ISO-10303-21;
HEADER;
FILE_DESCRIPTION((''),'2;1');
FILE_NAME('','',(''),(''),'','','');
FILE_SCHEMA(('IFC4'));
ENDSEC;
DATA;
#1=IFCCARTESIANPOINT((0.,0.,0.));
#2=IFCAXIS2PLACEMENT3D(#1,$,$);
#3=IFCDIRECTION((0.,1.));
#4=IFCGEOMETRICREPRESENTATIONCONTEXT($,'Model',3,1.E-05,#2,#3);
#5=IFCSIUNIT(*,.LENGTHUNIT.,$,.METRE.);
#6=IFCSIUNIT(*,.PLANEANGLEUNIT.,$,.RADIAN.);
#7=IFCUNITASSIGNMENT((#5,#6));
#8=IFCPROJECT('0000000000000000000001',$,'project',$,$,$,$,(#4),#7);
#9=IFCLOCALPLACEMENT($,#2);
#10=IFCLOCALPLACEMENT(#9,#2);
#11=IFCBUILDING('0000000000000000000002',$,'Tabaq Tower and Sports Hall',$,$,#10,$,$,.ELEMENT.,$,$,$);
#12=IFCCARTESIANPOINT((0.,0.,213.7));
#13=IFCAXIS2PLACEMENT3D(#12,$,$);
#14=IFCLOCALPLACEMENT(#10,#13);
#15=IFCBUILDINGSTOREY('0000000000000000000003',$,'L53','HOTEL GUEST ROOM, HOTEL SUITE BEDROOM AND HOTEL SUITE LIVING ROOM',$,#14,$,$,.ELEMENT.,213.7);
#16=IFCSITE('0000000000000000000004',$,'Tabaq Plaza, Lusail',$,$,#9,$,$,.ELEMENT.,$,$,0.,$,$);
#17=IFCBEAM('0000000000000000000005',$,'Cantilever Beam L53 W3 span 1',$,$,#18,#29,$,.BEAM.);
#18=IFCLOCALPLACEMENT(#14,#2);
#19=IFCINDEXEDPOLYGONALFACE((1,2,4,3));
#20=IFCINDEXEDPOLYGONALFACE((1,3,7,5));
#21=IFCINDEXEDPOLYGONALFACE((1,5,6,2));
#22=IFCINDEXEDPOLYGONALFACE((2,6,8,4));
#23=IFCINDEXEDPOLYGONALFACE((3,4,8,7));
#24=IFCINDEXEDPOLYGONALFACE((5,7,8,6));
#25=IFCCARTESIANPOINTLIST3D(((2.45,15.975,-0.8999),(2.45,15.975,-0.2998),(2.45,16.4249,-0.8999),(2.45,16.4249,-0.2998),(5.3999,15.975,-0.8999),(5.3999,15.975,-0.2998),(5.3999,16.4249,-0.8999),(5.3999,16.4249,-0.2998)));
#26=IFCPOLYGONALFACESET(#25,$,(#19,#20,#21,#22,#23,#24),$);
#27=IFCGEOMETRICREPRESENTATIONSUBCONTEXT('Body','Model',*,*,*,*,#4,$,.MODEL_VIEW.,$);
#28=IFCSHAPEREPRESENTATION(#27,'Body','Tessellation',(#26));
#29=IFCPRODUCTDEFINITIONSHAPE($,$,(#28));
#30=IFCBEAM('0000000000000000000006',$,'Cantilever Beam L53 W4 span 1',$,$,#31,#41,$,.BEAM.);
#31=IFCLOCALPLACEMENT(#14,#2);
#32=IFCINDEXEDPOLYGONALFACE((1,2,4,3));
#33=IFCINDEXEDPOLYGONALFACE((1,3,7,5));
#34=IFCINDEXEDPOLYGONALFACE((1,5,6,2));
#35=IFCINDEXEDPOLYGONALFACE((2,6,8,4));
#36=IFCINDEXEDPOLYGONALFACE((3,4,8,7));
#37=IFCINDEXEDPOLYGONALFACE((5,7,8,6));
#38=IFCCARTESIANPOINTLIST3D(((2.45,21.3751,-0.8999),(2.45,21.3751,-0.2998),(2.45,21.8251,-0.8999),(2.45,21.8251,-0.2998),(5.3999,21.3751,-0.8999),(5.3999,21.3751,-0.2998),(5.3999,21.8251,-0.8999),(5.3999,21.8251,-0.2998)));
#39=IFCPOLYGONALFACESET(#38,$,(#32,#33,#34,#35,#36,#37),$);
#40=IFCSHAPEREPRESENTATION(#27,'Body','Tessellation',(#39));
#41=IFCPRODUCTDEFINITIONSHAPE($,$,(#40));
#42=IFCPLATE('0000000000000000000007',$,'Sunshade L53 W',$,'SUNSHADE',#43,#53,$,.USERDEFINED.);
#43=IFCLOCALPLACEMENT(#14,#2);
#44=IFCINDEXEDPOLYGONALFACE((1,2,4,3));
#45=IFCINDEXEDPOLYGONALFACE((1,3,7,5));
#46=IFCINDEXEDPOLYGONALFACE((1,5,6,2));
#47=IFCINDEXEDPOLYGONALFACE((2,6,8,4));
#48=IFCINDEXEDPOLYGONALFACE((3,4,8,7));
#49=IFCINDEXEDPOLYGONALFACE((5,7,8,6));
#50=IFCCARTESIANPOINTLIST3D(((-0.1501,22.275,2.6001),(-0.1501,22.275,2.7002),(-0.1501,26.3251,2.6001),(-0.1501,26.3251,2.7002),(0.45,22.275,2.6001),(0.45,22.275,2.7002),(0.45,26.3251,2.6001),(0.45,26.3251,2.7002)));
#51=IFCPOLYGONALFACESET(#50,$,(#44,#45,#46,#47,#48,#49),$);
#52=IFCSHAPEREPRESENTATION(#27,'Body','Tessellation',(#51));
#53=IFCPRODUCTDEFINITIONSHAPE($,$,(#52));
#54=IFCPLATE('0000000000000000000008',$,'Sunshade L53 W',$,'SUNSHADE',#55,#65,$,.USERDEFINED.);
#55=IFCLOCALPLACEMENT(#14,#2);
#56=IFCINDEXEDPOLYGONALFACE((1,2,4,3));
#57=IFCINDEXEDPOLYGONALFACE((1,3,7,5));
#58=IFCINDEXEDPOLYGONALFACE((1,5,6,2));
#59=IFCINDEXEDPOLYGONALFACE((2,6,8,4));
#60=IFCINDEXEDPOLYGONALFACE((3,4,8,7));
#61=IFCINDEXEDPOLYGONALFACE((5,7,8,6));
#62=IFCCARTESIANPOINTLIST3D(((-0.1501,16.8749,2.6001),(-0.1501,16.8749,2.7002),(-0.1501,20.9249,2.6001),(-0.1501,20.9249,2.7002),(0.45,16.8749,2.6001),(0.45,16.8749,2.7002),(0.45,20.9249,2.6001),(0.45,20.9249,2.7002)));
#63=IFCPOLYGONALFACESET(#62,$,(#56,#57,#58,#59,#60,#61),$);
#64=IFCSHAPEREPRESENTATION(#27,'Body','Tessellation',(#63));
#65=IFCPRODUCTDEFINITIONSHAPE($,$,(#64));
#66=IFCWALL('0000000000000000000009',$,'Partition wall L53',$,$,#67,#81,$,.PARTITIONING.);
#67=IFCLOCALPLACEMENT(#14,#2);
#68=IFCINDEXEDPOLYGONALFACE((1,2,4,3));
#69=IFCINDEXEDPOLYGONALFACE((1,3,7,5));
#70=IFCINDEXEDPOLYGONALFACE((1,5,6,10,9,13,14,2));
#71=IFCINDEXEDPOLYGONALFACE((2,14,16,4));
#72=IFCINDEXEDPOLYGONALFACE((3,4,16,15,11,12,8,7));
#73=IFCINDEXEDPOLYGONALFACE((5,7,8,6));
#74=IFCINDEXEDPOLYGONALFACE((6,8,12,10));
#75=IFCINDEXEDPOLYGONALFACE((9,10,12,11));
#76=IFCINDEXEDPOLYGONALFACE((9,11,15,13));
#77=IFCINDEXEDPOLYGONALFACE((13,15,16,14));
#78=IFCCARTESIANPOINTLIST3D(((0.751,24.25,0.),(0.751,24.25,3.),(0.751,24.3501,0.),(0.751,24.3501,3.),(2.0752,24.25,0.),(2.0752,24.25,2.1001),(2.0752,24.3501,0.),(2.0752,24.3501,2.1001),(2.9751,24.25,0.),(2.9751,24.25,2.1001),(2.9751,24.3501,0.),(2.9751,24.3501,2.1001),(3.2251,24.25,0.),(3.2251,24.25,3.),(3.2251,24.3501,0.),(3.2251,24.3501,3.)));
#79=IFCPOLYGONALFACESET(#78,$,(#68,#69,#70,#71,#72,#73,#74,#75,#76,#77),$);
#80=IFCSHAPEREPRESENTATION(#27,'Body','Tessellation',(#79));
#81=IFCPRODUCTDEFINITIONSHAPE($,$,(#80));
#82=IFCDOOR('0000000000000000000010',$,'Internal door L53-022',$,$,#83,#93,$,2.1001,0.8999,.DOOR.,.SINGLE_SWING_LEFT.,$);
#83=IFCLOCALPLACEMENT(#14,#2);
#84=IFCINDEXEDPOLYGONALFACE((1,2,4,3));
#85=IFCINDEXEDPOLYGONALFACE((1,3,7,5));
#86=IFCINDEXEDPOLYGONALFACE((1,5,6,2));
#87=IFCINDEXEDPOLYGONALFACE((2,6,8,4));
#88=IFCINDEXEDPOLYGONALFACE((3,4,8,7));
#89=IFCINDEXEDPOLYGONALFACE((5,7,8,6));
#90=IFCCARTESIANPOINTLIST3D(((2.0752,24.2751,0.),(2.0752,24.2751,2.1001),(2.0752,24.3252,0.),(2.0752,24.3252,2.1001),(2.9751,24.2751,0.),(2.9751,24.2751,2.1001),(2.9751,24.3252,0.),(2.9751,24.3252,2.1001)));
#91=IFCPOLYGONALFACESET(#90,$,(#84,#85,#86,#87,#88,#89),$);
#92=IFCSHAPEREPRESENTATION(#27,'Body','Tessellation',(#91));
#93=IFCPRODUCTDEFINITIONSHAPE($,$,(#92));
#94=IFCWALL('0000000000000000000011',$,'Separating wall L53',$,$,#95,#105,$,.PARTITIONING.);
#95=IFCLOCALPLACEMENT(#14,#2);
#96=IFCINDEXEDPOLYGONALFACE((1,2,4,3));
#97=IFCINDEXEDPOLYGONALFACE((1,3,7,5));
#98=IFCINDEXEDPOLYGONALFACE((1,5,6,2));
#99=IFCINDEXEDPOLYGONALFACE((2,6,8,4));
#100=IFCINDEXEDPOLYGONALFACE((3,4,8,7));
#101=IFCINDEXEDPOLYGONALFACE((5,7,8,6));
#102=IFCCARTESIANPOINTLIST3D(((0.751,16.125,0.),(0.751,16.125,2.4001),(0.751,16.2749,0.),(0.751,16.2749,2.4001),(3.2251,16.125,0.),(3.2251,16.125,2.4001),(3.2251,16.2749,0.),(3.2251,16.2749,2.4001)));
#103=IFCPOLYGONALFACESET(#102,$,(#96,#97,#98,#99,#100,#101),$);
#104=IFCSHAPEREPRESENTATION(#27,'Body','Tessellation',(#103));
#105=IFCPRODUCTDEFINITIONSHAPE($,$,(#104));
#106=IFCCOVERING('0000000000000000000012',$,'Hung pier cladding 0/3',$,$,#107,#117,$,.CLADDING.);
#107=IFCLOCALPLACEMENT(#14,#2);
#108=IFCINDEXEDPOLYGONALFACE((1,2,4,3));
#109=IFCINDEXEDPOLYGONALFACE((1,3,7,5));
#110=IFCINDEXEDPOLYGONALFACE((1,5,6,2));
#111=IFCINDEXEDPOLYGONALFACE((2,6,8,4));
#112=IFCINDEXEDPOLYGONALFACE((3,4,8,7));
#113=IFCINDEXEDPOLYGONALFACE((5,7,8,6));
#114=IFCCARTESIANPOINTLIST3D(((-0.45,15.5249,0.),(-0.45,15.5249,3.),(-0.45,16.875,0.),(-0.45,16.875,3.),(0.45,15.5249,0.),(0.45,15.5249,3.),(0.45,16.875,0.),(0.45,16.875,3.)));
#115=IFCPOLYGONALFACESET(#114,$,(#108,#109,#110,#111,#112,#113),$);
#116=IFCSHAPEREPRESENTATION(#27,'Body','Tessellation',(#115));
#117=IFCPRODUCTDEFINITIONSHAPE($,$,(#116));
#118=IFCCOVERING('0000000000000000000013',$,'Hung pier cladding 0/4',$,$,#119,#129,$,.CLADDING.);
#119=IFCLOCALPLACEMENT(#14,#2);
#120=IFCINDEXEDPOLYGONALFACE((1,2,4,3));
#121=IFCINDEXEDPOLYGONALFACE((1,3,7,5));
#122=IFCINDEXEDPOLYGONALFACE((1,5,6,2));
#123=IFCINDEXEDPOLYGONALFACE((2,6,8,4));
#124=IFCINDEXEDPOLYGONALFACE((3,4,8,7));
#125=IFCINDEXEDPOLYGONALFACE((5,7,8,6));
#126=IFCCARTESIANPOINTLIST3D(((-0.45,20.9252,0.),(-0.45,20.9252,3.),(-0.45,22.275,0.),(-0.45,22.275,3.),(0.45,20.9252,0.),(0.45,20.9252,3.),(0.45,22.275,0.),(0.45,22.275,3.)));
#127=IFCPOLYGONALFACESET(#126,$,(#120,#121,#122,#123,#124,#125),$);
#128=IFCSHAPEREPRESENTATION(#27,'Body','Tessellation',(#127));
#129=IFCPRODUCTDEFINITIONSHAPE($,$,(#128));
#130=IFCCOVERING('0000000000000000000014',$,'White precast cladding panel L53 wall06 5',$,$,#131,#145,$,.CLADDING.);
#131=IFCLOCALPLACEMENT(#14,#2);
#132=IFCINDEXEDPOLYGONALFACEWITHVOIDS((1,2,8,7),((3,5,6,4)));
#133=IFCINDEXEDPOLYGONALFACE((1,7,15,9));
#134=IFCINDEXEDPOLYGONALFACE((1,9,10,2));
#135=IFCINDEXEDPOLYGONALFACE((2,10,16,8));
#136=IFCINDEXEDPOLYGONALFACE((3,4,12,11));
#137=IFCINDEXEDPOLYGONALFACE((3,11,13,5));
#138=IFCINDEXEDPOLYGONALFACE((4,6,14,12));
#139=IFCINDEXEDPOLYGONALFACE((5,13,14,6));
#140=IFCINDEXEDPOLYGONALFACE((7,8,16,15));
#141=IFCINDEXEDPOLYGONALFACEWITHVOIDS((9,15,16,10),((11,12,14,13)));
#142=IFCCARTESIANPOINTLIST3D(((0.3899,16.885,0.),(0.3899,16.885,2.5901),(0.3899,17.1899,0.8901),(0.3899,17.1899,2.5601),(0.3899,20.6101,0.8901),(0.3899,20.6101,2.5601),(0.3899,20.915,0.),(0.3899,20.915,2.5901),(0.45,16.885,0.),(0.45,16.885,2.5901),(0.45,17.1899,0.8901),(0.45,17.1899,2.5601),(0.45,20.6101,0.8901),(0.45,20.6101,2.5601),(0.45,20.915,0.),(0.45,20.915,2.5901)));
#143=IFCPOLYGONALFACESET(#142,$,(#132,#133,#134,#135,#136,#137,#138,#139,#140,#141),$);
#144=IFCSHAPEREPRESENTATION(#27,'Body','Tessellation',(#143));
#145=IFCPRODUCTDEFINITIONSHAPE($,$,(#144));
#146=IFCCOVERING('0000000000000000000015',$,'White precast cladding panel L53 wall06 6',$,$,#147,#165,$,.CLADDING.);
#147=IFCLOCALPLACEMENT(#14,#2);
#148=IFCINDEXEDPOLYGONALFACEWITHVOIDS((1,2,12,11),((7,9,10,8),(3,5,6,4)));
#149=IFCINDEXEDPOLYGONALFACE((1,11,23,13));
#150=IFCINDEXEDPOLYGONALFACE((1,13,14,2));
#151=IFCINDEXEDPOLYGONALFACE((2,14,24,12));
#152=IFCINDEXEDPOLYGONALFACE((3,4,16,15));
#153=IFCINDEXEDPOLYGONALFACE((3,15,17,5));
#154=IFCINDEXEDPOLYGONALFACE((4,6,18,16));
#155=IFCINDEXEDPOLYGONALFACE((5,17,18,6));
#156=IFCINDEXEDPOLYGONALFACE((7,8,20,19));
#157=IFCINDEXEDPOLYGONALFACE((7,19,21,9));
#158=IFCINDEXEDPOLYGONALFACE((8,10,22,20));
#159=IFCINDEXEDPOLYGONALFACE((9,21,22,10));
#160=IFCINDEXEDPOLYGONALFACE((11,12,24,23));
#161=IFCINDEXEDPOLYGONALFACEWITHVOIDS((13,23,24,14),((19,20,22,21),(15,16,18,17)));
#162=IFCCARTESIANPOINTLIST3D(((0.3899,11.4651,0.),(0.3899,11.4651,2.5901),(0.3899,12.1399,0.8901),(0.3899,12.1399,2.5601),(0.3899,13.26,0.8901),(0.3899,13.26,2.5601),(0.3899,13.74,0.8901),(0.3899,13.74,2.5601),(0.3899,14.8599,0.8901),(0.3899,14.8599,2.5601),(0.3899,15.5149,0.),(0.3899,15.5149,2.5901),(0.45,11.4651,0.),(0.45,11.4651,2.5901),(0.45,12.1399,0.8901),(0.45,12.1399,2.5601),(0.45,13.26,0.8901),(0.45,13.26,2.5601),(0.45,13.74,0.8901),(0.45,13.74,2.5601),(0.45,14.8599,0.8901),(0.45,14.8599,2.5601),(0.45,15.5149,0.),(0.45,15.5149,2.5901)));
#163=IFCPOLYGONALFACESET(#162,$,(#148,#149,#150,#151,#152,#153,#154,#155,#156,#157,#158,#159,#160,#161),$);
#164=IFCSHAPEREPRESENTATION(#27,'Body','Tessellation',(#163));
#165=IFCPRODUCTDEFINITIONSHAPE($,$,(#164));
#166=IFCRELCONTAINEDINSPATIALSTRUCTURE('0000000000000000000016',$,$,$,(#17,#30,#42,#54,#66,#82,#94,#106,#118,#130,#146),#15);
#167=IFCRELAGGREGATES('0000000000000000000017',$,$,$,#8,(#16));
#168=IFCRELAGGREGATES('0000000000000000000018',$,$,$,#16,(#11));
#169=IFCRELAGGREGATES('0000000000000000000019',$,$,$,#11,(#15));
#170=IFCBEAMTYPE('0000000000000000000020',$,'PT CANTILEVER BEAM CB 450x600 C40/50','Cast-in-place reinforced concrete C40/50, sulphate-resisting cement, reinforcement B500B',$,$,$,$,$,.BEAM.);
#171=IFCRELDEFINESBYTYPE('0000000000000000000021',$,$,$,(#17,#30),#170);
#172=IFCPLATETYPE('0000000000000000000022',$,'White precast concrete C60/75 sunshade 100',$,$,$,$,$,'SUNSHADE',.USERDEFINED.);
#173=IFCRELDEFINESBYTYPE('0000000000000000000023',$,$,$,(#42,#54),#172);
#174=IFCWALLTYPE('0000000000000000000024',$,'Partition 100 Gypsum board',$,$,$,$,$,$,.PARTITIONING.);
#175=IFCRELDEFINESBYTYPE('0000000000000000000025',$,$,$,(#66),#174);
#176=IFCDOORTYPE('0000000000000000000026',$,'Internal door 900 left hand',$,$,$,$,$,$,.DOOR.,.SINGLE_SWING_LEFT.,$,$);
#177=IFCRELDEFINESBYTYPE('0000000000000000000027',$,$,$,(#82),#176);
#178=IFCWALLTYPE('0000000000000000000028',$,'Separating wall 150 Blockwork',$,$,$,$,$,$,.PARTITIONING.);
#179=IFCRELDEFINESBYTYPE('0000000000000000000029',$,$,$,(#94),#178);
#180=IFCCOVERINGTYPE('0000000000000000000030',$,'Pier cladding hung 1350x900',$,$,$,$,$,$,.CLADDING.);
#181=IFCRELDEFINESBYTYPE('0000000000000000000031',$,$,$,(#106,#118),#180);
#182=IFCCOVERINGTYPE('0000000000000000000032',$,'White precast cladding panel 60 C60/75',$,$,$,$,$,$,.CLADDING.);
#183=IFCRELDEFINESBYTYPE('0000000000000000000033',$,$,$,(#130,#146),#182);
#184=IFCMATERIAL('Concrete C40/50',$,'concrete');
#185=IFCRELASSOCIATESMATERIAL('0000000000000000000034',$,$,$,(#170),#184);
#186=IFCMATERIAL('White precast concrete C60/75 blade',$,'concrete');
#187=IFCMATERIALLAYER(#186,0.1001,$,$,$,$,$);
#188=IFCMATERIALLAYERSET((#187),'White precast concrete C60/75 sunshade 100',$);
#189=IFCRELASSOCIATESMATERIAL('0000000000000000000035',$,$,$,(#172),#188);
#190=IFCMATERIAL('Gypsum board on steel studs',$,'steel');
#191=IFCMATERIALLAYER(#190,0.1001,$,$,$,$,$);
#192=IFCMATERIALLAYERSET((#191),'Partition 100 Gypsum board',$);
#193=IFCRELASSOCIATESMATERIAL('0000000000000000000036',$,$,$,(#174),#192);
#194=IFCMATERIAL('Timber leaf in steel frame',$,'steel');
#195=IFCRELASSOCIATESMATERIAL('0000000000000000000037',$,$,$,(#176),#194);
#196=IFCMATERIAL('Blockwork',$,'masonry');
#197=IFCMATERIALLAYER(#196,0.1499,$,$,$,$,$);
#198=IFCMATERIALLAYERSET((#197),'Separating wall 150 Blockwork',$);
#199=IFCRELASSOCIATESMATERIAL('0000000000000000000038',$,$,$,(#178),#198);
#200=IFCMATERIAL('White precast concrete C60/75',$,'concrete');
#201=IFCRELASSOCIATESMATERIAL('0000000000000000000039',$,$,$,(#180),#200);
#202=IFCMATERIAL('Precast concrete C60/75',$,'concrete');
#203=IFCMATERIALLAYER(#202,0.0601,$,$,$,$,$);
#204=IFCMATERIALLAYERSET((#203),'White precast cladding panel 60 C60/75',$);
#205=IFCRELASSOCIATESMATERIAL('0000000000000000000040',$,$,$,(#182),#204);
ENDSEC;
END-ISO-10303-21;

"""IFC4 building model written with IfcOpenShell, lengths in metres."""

from ifc_helpers import new_model, si_unit, direction, frame, frame_2d, origin, origin_2d, place, context, subcontext, project, spatial, polyline, rectangle, outline, extrude, material, layer, layer_set, material_profile, profile_set, type_object, element, fill, save


model = new_model("IFC4")

# Units and contexts
model_context = context("Model", 3, precision=1e-05, world=origin(), true_north=direction((0.0, 1.0)))
body_context = subcontext(model_context, "Body", "Model", "MODEL_VIEW")
ifc_project = project(units=[si_unit("LENGTHUNIT", "METRE"), si_unit("PLANEANGLEUNIT", "RADIAN")], contexts=[model_context])

# Site, building, storey
site_placement = place(None, origin())
site = spatial("IfcSite", under=ifc_project, at=site_placement, Name="Tabaq Plaza, Lusail", CompositionType="ELEMENT", RefElevation=0.0)
building_placement = place(site_placement, origin())
building = spatial("IfcBuilding", under=site, at=building_placement, Name="Tabaq Tower and Sports Hall", CompositionType="ELEMENT")
storey_placement = place(building_placement, frame((0.0, 0.0, 213.7)))
storey = spatial("IfcBuildingStorey", under=building, at=storey_placement, Name="L53", Description="HOTEL GUEST ROOM, HOTEL SUITE BEDROOM AND HOTEL SUITE LIVING ROOM", CompositionType="ELEMENT", Elevation=213.7)

# Beams
ifc_material_1 = material(Name="Concrete C40/50", Category="concrete")
ifc_material_profile = material_profile(ifc_material_1, rectangle(XDim=0.45, YDim=0.6001, at=origin_2d()), Name="CB 450x600")
ifc_profile_set = profile_set([ifc_material_profile], Name="Concrete C40/50")
beam_type = type_object("IfcBeamType", Name="PT CANTILEVER BEAM CB 450x600 C40/50", Description="Cast-in-place reinforced concrete C40/50, sulphate-resisting cement, reinforcement B500B", PredefinedType="BEAM", material=ifc_profile_set)
for number, where, z_axis, x_axis, name in (
    (1, (2.45, 16.2, -0.5999), (1.0, 0.0, 0.0), (0.0, 1.0, 0.0), "Cantilever Beam L53 W3 span 1"),
    (2, (2.45, 21.6001, -0.5999), (1.0, 0.0, 0.0), (0.0, 1.0, 0.0), "Cantilever Beam L53 W4 span 1"),
):
    element("IfcBeam", number, at=place(storey_placement, frame(where, z_axis=z_axis, x_axis=x_axis)), inside=storey, type_object=beam_type, Name=name, PredefinedType="BEAM", context=body_context, shape_type="SweptSolid", body=[
        extrude(rectangle(XDim=0.45, YDim=0.6001, at=origin_2d()), origin(), (0.0, 0.0, 1.0), 2.95),
    ])

# Plates
ifc_material_2 = material(Name="White precast concrete C60/75 blade", Category="concrete")
ifc_layer_1 = layer(ifc_material_2, 0.1001)
ifc_layer_set_1 = layer_set([ifc_layer_1], Name="White precast concrete C60/75 sunshade 100")
plate_type = type_object("IfcPlateType", Name="White precast concrete C60/75 sunshade 100", ElementType="SUNSHADE", PredefinedType="USERDEFINED", material=ifc_layer_set_1)
for number, where, z_axis, x_axis, name in (
    (3, (0.1499, 24.3, 2.6001), (0.0, 0.0, 1.0), (0.0, -1.0, 0.0), "Sunshade L53 W"),
    (4, (0.1499, 18.8999, 2.6001), (0.0, 0.0, 1.0), (0.0, -1.0, 0.0), "Sunshade L53 W"),
):
    element("IfcPlate", number, at=place(storey_placement, frame(where, z_axis=z_axis, x_axis=x_axis)), inside=storey, type_object=plate_type, Name=name, ObjectType="SUNSHADE", PredefinedType="USERDEFINED", context=body_context, shape_type="SweptSolid", body=[
        extrude(rectangle(XDim=4.05, YDim=0.6001, at=origin_2d()), origin(), (0.0, 0.0, 1.0), 0.1001),
    ])

# Wall, opening, door
ifc_material_3 = material(Name="Gypsum board on steel studs", Category="steel")
ifc_layer_2 = layer(ifc_material_3, 0.1001)
ifc_layer_set_2 = layer_set([ifc_layer_2], Name="Partition 100 Gypsum board")
wall_type_1 = type_object("IfcWallType", Name="Partition 100 Gypsum board", PredefinedType="PARTITIONING", material=ifc_layer_set_2)
wall_1_placement = place(storey_placement, frame((3.2251, 24.3, 0.0), z_axis=(0.0, 0.0, 1.0), x_axis=(-1.0, 0.0, 0.0)))
wall_1 = element("IfcWall", 5, at=wall_1_placement, inside=storey, type_object=wall_type_1, Name="Partition wall L53", PredefinedType="PARTITIONING", context=body_context, shape_type="SweptSolid", body=[
    extrude(rectangle(XDim=2.4741, YDim=0.1001, at=frame_2d((1.2371, 0.0))), origin(), (0.0, 0.0, 1.0), 3.0),
])
opening_placement = place(wall_1_placement, frame((0.25, 0.0, 0.0)))
opening = element("IfcOpeningElement", 6, at=opening_placement, cuts=wall_1, PredefinedType="OPENING", context=body_context, shape_type="SweptSolid", body=[
    extrude(rectangle(XDim=0.8999, YDim=2.1001, at=frame_2d((0.45, 1.05))), frame((0.0, 0.05, 0.0), z_axis=(0.0, -1.0, 0.0), x_axis=(1.0, 0.0, 0.0)), (0.0, 0.0, 1.0), 0.1001),
])
ifc_material_4 = material(Name="Timber leaf in steel frame", Category="steel")
door_type = type_object("IfcDoorType", Name="Internal door 900 left hand", OperationType="SINGLE_SWING_LEFT", PredefinedType="DOOR", material=ifc_material_4)
door_placement = place(opening_placement, origin())
door = element("IfcDoor", 7, at=door_placement, inside=storey, type_object=door_type, Name="Internal door L53-022", OperationType="SINGLE_SWING_LEFT", OverallHeight=2.1001, OverallWidth=0.8999, PredefinedType="DOOR", context=body_context, shape_type="SweptSolid", body=[
    extrude(rectangle(XDim=0.8999, YDim=2.1001, at=frame_2d((0.45, 1.05))), frame((0.0, 0.0249, 0.0), z_axis=(0.0, -1.0, 0.0), x_axis=(1.0, 0.0, 0.0)), (0.0, 0.0, 1.0), 0.05),
])
fill(opening, door)

# Wall
ifc_material_5 = material(Name="Blockwork", Category="masonry")
ifc_layer_3 = layer(ifc_material_5, 0.1499)
ifc_layer_set_3 = layer_set([ifc_layer_3], Name="Separating wall 150 Blockwork")
wall_type_2 = type_object("IfcWallType", Name="Separating wall 150 Blockwork", PredefinedType="PARTITIONING", material=ifc_layer_set_3)
wall_2_placement = place(storey_placement, frame((3.2251, 16.2, 0.0), z_axis=(0.0, 0.0, 1.0), x_axis=(-1.0, 0.0, 0.0)))
element("IfcWall", 8, at=wall_2_placement, inside=storey, type_object=wall_type_2, Name="Separating wall L53", PredefinedType="PARTITIONING", context=body_context, shape_type="SweptSolid", body=[
    extrude(rectangle(XDim=2.4741, YDim=0.1499, at=frame_2d((1.2371, 0.0))), origin(), (0.0, 0.0, 1.0), 2.4001),
])

# Coverings
ifc_material_6 = material(Name="White precast concrete C60/75", Category="concrete")
covering_type_1 = type_object("IfcCoveringType", Name="Pier cladding hung 1350x900", PredefinedType="CLADDING", material=ifc_material_6)
covering_1_placement = place(storey_placement, frame((0.0, 16.875, 0.0), z_axis=(0.0, 0.0, 1.0), x_axis=(0.0, -1.0, 0.0)))
element("IfcCovering", 9, at=covering_1_placement, inside=storey, type_object=covering_type_1, Name="Hung pier cladding 0/3", PredefinedType="CLADDING", context=body_context, shape_type="SweptSolid", body=[
    extrude(rectangle(XDim=1.3501, YDim=0.8999, at=frame_2d((0.675, 0.0))), origin(), (0.0, 0.0, 1.0), 3.0),
])
covering_2_placement = place(storey_placement, frame((0.0, 22.2749, 0.0), z_axis=(0.0, 0.0, 1.0), x_axis=(0.0, -1.0, 0.0)))
element("IfcCovering", 10, at=covering_2_placement, inside=storey, type_object=covering_type_1, Name="Hung pier cladding 0/4", PredefinedType="CLADDING", context=body_context, shape_type="SweptSolid", body=[
    extrude(rectangle(XDim=1.3499, YDim=0.8999, at=frame_2d((0.6748, 0.0))), origin(), (0.0, 0.0, 1.0), 3.0),
])
ifc_material_7 = material(Name="Precast concrete C60/75", Category="concrete")
ifc_layer_4 = layer(ifc_material_7, 0.0601)
ifc_layer_set_4 = layer_set([ifc_layer_4], Name="White precast cladding panel 60 C60/75")
covering_type_2 = type_object("IfcCoveringType", Name="White precast cladding panel 60 C60/75", PredefinedType="CLADDING", material=ifc_layer_set_4)
covering_3_placement = place(storey_placement, frame((0.4199, 20.915, 0.0), z_axis=(0.0, 0.0, 1.0), x_axis=(0.0, -1.0, 0.0)))
element("IfcCovering", 11, at=covering_3_placement, inside=storey, type_object=covering_type_2, Name="White precast cladding panel L53 wall06 5", PredefinedType="CLADDING", context=body_context, shape_type="SweptSolid", body=[
    extrude(outline(polyline([(0.0, 0.0), (4.03, 0.0), (4.03, 2.5901), (0.0, 2.5901), (0.0, 0.0)]), holes=[polyline([(3.7251, 0.8901), (0.3049, 0.8901), (0.3049, 2.5601), (3.7251, 2.5601), (3.7251, 0.8901)])]), frame((0.0, 0.03, 0.0), z_axis=(0.0, -1.0, 0.0), x_axis=(1.0, 0.0, 0.0)), (0.0, 0.0, 1.0), 0.0601),
])
covering_4_placement = place(storey_placement, frame((0.4199, 15.5149, 0.0), z_axis=(0.0, 0.0, 1.0), x_axis=(0.0, -1.0, 0.0)))
element("IfcCovering", 12, at=covering_4_placement, inside=storey, type_object=covering_type_2, Name="White precast cladding panel L53 wall06 6", PredefinedType="CLADDING", context=body_context, shape_type="SweptSolid", body=[
    extrude(outline(polyline([(0.0, 0.0), (4.0498, 0.0), (4.0498, 2.5901), (0.0, 2.5901), (0.0, 0.0)]), holes=[polyline([(0.655, 0.8901), (0.655, 2.5601), (1.7749, 2.5601), (1.7749, 0.8901), (0.655, 0.8901)]), polyline([(2.2549, 0.8901), (2.2549, 2.5601), (3.375, 2.5601), (3.375, 0.8901), (2.2549, 0.8901)])]), frame((0.0, 0.03, 0.0), z_axis=(0.0, -1.0, 0.0), x_axis=(1.0, 0.0, 0.0)), (0.0, 0.0, 1.0), 0.0601),
])

save(model, "model.ifc")
